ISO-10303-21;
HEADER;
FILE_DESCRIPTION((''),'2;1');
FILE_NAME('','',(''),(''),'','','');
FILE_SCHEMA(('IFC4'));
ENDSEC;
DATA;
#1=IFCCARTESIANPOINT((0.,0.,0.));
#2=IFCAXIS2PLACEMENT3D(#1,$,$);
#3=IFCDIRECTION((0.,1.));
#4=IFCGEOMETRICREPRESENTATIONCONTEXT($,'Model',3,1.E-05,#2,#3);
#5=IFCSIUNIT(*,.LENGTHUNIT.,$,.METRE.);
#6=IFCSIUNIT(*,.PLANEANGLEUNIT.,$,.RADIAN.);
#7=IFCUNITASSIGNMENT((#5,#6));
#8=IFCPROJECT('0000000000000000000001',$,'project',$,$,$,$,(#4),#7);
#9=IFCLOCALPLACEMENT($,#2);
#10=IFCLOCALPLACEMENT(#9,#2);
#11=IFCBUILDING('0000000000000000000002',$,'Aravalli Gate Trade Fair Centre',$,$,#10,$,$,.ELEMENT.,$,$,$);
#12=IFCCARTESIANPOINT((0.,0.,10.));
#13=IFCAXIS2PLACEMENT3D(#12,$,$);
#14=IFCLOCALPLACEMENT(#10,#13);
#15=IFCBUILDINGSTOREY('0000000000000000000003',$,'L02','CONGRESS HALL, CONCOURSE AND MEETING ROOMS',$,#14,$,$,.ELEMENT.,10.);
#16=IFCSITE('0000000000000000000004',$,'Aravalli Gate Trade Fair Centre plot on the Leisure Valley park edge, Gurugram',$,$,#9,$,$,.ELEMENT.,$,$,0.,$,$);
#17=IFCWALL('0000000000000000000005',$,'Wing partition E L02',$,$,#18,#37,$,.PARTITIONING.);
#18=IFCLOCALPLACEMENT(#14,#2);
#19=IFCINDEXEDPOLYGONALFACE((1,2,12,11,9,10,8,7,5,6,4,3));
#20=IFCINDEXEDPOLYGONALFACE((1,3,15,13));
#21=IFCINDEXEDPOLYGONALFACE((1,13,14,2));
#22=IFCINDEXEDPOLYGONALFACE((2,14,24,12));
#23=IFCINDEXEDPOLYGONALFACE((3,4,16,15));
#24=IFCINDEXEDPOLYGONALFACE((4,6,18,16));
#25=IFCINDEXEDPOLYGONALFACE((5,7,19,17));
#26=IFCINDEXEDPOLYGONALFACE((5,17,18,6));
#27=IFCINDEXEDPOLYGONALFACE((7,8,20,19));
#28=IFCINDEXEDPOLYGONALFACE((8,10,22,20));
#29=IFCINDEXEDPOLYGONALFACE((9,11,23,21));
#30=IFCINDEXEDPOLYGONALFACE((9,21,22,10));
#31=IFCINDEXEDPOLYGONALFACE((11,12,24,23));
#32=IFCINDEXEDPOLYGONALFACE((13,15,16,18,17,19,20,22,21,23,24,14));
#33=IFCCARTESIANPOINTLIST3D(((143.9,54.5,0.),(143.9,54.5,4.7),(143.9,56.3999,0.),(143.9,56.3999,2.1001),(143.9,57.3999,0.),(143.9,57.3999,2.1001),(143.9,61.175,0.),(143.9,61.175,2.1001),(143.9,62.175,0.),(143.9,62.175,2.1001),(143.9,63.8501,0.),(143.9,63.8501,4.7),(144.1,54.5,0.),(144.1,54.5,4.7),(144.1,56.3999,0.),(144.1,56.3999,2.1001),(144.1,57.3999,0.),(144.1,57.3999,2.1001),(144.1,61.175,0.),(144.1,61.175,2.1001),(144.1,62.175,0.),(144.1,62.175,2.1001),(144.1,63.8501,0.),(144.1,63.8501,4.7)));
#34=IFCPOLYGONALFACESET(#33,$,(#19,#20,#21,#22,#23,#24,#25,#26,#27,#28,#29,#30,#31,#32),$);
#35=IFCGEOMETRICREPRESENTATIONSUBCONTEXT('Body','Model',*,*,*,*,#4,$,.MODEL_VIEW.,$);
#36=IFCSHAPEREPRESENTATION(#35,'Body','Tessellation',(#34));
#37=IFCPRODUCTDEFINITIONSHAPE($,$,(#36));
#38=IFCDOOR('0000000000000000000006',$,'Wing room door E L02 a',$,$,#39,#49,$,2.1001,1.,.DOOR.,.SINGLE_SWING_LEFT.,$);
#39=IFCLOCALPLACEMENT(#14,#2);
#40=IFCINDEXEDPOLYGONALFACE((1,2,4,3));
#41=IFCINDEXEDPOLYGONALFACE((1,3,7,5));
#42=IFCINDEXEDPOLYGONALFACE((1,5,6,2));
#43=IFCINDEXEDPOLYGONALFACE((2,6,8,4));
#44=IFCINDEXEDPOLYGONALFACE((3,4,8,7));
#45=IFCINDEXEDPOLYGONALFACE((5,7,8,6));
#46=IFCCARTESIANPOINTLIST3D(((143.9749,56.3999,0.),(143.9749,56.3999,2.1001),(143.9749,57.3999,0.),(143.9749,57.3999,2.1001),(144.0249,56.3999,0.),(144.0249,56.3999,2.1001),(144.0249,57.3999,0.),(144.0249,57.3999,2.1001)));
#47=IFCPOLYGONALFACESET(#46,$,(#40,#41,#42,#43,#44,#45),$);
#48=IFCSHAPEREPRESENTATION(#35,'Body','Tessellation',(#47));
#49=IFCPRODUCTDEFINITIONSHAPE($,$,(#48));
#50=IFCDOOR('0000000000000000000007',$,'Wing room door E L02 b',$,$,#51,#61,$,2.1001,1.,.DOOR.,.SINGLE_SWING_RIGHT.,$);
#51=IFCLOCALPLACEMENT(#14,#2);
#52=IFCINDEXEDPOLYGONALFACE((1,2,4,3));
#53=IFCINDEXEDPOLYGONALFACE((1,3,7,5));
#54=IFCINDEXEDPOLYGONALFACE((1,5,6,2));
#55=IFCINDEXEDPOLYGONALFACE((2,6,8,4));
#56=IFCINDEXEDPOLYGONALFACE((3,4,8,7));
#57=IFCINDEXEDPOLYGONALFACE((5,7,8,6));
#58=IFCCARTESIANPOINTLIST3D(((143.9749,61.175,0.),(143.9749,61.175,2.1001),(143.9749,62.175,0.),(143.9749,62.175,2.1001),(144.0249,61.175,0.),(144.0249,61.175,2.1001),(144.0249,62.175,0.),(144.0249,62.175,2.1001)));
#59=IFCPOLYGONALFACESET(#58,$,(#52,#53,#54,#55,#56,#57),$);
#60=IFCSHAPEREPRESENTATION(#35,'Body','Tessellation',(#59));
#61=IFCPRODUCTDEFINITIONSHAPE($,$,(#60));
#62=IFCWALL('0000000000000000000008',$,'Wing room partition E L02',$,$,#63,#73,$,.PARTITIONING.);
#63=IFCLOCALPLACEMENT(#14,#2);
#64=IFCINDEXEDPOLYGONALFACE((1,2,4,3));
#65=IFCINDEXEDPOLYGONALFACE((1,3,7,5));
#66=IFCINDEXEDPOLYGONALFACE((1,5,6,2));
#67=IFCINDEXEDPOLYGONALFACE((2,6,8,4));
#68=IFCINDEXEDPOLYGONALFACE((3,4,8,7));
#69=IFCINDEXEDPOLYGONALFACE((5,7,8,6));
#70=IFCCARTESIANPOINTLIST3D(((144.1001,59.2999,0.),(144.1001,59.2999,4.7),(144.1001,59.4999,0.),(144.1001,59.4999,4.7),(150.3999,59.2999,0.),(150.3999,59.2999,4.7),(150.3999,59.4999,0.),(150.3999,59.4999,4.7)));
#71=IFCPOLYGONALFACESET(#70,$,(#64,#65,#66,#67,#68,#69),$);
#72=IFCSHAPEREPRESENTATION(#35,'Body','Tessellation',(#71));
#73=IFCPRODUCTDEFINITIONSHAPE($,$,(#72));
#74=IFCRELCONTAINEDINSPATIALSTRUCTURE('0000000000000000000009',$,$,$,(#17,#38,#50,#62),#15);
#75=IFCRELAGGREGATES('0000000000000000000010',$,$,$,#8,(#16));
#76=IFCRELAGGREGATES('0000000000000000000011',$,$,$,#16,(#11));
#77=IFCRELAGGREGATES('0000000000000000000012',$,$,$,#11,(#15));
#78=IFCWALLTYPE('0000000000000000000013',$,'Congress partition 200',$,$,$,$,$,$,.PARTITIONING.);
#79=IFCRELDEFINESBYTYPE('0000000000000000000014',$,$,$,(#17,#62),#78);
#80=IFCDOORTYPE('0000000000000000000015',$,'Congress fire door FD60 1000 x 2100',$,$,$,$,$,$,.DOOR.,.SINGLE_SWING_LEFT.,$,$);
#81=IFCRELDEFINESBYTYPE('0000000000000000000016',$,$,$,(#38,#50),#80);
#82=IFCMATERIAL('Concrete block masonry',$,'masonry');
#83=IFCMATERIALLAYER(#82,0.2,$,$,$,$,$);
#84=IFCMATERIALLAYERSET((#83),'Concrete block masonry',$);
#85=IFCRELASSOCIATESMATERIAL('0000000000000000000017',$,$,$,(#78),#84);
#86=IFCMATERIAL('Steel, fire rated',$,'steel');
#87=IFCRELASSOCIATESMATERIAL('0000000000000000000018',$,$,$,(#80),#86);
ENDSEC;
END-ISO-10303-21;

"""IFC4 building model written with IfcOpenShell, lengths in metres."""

from ifc_helpers import new_model, si_unit, direction, frame, frame_2d, origin, place, context, subcontext, project, spatial, rectangle, extrude, material, layer, layer_set, type_object, element, fill, save


model = new_model("IFC4")

# Units and contexts
model_context = context("Model", 3, precision=1e-05, world=origin(), true_north=direction((0.0, 1.0)))
body_context = subcontext(model_context, "Body", "Model", "MODEL_VIEW")
ifc_project = project(units=[si_unit("LENGTHUNIT", "METRE"), si_unit("PLANEANGLEUNIT", "RADIAN")], contexts=[model_context])

# Site, building, storey
site_placement = place(None, origin())
site = spatial("IfcSite", under=ifc_project, at=site_placement, Name="Aravalli Gate Trade Fair Centre plot on the Leisure Valley park edge, Gurugram", CompositionType="ELEMENT", RefElevation=0.0)
building_placement = place(site_placement, origin())
building = spatial("IfcBuilding", under=site, at=building_placement, Name="Aravalli Gate Trade Fair Centre", CompositionType="ELEMENT")
storey_placement = place(building_placement, frame((0.0, 0.0, 10.0)))
storey = spatial("IfcBuildingStorey", under=building, at=storey_placement, Name="L02", Description="CONGRESS HALL, CONCOURSE AND MEETING ROOMS", CompositionType="ELEMENT", Elevation=10.0)

# Shared definitions
ifc_material_1 = material(Name="Steel, fire rated", Category="steel")

# Wall, openings, doors
ifc_material_2 = material(Name="Concrete block masonry", Category="masonry")
ifc_layer_1 = layer(ifc_material_2, 0.2)
ifc_layer_set_1 = layer_set([ifc_layer_1], Name="Concrete block masonry")
wall_type_1 = type_object("IfcWallType", Name="Congress partition 200", PredefinedType="PARTITIONING", material=ifc_layer_set_1)
wall_1_placement = place(storey_placement, frame((144.0, 54.5, 0.0), z_axis=(0.0, 0.0, 1.0), x_axis=(0.0, 1.0, 0.0)))
wall_1 = element("IfcWall", 1, at=wall_1_placement, inside=storey, type_object=wall_type_1, Name="Wing partition E L02", PredefinedType="PARTITIONING", context=body_context, shape_type="SweptSolid", body=[
    extrude(rectangle(XDim=9.3501, YDim=0.2, at=frame_2d((4.675, 0.0))), origin(), (0.0, 0.0, 1.0), 4.7),
])
opening_1_placement = place(wall_1_placement, frame((1.8999, 0.0, 0.0)))
opening_1 = element("IfcOpeningElement", 2, at=opening_1_placement, cuts=wall_1, PredefinedType="OPENING", context=body_context, shape_type="SweptSolid", body=[
    extrude(rectangle(XDim=1.0, YDim=2.1001, at=frame_2d((0.5, 1.05))), frame((0.0, 0.1099, 0.0), z_axis=(0.0, -1.0, 0.0), x_axis=(1.0, 0.0, 0.0)), (0.0, 0.0, 1.0), 0.22),
])
opening_2_placement = place(wall_1_placement, frame((6.675, 0.0, 0.0)))
opening_2 = element("IfcOpeningElement", 3, at=opening_2_placement, cuts=wall_1, PredefinedType="OPENING", context=body_context, shape_type="SweptSolid", body=[
    extrude(rectangle(XDim=1.0, YDim=2.1001, at=frame_2d((0.5, 1.05))), frame((0.0, 0.1099, 0.0), z_axis=(0.0, -1.0, 0.0), x_axis=(1.0, 0.0, 0.0)), (0.0, 0.0, 1.0), 0.22),
])
door_type_1 = type_object("IfcDoorType", Name="Congress fire door FD60 1000 x 2100", OperationType="SINGLE_SWING_LEFT", PredefinedType="DOOR", material=ifc_material_1)
door_1_placement = place(opening_1_placement, frame((1.0, 0.0, 0.0), z_axis=(0.0, 0.0, 1.0), x_axis=(-1.0, 0.0, 0.0)))
door_1 = element("IfcDoor", 4, at=door_1_placement, inside=storey, type_object=door_type_1, Name="Wing room door E L02 a", OperationType="SINGLE_SWING_LEFT", OverallHeight=2.1001, OverallWidth=1.0, PredefinedType="DOOR", context=body_context, shape_type="SweptSolid", body=[
    extrude(rectangle(XDim=1.0, YDim=2.1001, at=frame_2d((0.5, 1.05))), frame((0.0, 0.0249, 0.0), z_axis=(0.0, -1.0, 0.0), x_axis=(1.0, 0.0, 0.0)), (0.0, 0.0, 1.0), 0.05),
])
fill(opening_1, door_1)
door_2_placement = place(opening_2_placement, frame((1.0, 0.0, 0.0), z_axis=(0.0, 0.0, 1.0), x_axis=(-1.0, 0.0, 0.0)))
door_2 = element("IfcDoor", 5, at=door_2_placement, inside=storey, type_object=door_type_1, Name="Wing room door E L02 b", OperationType="SINGLE_SWING_RIGHT", OverallHeight=2.1001, OverallWidth=1.0, PredefinedType="DOOR", context=body_context, shape_type="SweptSolid", body=[
    extrude(rectangle(XDim=1.0, YDim=2.1001, at=frame_2d((0.5, 1.05))), frame((0.0, 0.0249, 0.0), z_axis=(0.0, -1.0, 0.0), x_axis=(1.0, 0.0, 0.0)), (0.0, 0.0, 1.0), 0.05),
])
fill(opening_2, door_2)

# Wall
wall_2_placement = place(storey_placement, frame((144.1001, 59.3999, 0.0), z_axis=(0.0, 0.0, 1.0), x_axis=(1.0, 0.0, 0.0)))
element("IfcWall", 6, at=wall_2_placement, inside=storey, type_object=wall_type_1, Name="Wing room partition E L02", PredefinedType="PARTITIONING", context=body_context, shape_type="SweptSolid", body=[
    extrude(rectangle(XDim=6.2998, YDim=0.2, at=frame_2d((3.1499, 0.0))), origin(), (0.0, 0.0, 1.0), 4.7),
])

save(model, "model.ifc")
